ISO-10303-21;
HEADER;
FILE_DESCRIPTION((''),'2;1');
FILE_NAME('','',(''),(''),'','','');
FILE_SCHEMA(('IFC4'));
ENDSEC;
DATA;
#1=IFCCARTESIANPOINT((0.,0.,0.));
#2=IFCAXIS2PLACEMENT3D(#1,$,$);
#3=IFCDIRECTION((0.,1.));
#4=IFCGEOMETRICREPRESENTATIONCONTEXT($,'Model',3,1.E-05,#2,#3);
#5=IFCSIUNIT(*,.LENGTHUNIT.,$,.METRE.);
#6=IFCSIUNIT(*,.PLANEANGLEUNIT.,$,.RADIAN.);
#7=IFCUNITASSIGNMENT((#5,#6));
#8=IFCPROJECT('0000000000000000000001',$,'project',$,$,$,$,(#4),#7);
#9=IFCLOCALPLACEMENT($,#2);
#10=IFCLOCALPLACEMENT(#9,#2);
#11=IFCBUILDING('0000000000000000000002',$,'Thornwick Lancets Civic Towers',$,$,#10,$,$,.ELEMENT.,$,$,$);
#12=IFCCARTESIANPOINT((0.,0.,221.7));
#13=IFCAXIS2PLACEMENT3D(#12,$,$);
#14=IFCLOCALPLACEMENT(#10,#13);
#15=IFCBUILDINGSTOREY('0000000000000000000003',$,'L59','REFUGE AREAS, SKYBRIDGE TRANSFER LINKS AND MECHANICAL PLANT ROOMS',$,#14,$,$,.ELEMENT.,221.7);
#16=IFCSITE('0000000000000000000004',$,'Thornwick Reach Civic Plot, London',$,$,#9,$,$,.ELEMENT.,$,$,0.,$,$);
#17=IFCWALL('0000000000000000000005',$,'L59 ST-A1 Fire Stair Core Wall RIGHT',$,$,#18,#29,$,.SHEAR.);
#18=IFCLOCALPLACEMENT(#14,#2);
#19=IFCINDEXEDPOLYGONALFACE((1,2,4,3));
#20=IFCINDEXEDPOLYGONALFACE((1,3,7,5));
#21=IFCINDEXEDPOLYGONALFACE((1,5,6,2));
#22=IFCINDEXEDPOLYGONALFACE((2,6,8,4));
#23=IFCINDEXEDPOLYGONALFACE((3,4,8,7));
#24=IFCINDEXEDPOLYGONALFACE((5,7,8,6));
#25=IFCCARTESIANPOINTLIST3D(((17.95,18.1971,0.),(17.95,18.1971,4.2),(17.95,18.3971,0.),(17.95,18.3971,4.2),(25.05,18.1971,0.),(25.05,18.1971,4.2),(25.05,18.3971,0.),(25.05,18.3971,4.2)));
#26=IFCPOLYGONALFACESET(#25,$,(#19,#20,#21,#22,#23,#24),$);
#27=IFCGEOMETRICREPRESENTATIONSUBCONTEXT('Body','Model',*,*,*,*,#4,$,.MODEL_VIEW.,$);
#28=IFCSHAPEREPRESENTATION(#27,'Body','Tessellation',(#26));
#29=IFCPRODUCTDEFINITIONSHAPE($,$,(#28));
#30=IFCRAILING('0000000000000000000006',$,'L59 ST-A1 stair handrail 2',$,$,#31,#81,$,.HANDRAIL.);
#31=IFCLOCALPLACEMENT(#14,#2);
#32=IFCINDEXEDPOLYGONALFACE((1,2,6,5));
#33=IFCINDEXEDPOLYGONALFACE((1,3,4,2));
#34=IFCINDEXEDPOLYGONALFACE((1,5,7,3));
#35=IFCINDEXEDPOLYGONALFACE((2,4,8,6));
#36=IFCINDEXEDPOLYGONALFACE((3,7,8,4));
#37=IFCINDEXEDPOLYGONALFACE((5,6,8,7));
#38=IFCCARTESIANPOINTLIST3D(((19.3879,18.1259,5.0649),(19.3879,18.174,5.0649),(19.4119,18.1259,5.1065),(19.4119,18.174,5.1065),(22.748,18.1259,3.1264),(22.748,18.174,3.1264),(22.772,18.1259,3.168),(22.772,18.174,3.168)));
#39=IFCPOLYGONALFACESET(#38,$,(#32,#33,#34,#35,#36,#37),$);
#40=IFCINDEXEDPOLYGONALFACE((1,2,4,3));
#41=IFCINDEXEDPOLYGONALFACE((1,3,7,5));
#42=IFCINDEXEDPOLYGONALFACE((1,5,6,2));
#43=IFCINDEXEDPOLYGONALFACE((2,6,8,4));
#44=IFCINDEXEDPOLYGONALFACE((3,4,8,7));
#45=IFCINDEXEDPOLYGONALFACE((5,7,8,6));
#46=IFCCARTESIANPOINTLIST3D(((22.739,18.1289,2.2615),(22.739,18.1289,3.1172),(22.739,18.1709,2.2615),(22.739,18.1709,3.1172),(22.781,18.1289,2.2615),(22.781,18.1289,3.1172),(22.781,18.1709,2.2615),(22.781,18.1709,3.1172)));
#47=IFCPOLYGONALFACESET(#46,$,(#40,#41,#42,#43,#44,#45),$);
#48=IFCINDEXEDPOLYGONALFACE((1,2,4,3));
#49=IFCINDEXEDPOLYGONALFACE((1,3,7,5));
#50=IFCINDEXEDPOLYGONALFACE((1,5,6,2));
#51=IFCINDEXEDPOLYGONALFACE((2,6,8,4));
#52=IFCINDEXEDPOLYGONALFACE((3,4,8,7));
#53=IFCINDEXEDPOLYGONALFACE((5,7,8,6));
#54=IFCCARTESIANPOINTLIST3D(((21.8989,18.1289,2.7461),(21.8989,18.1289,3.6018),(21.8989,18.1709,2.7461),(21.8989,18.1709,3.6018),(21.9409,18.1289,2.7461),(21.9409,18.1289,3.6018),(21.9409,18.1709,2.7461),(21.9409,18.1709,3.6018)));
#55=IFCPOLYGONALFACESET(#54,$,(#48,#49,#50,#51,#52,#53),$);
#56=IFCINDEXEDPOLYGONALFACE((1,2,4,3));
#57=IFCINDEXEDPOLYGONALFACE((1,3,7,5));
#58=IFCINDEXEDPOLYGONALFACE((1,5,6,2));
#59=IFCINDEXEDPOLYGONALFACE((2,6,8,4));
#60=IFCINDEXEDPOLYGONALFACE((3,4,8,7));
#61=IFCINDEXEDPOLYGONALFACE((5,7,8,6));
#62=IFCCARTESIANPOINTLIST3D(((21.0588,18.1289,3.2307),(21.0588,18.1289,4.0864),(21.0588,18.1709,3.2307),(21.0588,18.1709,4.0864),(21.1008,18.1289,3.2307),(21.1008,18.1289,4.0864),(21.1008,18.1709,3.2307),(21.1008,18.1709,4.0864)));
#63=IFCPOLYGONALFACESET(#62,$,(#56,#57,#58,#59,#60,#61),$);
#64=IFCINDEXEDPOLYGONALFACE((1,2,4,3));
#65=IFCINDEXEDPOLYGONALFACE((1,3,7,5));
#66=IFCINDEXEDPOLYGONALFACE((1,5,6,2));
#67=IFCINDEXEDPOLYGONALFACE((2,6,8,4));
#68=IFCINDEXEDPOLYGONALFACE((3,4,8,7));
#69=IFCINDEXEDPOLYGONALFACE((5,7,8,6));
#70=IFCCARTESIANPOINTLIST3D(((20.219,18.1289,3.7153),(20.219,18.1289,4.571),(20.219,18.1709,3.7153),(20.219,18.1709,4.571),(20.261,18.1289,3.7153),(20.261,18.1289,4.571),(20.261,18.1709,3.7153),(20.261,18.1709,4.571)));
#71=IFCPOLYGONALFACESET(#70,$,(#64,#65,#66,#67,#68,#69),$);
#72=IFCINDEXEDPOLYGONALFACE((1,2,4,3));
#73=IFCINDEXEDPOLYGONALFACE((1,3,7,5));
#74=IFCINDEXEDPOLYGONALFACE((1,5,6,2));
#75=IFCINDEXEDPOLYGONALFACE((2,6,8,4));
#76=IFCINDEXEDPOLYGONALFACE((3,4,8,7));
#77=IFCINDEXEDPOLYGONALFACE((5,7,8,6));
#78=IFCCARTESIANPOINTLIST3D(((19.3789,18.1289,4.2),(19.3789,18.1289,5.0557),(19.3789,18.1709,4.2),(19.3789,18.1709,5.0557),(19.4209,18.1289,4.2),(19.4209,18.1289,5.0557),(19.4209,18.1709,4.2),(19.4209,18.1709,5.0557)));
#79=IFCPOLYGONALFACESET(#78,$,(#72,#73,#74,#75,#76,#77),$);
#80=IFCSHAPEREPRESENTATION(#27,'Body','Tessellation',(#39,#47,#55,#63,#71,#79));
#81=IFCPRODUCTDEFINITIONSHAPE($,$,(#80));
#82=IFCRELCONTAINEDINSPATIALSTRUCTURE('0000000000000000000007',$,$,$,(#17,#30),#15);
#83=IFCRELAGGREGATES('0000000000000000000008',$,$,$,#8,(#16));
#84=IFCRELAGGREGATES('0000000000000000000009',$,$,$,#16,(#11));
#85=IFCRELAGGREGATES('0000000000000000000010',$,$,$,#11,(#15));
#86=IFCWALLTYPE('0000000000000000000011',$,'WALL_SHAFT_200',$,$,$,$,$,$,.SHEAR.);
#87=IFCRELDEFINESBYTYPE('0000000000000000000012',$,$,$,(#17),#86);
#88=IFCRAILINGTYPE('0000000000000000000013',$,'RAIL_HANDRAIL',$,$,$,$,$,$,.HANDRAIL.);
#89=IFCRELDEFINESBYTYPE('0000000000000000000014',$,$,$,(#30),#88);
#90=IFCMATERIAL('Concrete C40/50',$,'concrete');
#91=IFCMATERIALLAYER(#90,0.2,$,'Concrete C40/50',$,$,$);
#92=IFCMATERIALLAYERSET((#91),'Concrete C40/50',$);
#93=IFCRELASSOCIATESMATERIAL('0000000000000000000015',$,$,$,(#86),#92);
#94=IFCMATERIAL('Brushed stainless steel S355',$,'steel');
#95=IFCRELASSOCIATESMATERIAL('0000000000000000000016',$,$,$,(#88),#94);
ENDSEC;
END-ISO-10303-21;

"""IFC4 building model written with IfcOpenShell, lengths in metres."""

from ifc_helpers import new_model, si_unit, direction, frame, frame_2d, origin, origin_2d, place, context, subcontext, project, spatial, rectangle, extrude, material, layer, layer_set, type_object, element, save


model = new_model("IFC4")

# Units and contexts
model_context = context("Model", 3, precision=1e-05, world=origin(), true_north=direction((0.0, 1.0)))
body_context = subcontext(model_context, "Body", "Model", "MODEL_VIEW")
ifc_project = project(units=[si_unit("LENGTHUNIT", "METRE"), si_unit("PLANEANGLEUNIT", "RADIAN")], contexts=[model_context])

# Site, building, storey
site_placement = place(None, origin())
site = spatial("IfcSite", under=ifc_project, at=site_placement, Name="Thornwick Reach Civic Plot, London", CompositionType="ELEMENT", RefElevation=0.0)
building_placement = place(site_placement, origin())
building = spatial("IfcBuilding", under=site, at=building_placement, Name="Thornwick Lancets Civic Towers", CompositionType="ELEMENT")
storey_placement = place(building_placement, frame((0.0, 0.0, 221.7)))
storey = spatial("IfcBuildingStorey", under=building, at=storey_placement, Name="L59", Description="REFUGE AREAS, SKYBRIDGE TRANSFER LINKS AND MECHANICAL PLANT ROOMS", CompositionType="ELEMENT", Elevation=221.7)

# Wall
ifc_material_1 = material(Name="Concrete C40/50", Category="concrete")
ifc_layer_1 = layer(ifc_material_1, 0.2, Name="Concrete C40/50")
ifc_layer_set_1 = layer_set([ifc_layer_1], Name="Concrete C40/50")
wall_type_1 = type_object("IfcWallType", Name="WALL_SHAFT_200", PredefinedType="SHEAR", material=ifc_layer_set_1)
wall_1_placement = place(storey_placement, frame((25.05, 18.2971, 0.0), z_axis=(0.0, 0.0, 1.0), x_axis=(-1.0, 0.0, 0.0)))
element("IfcWall", 1, at=wall_1_placement, inside=storey, type_object=wall_type_1, Name="L59 ST-A1 Fire Stair Core Wall RIGHT", PredefinedType="SHEAR", context=body_context, shape_type="SweptSolid", body=[
    extrude(rectangle(XDim=7.1001, YDim=0.2, at=frame_2d((3.55, 0.0))), origin(), (0.0, 0.0, 1.0), 4.2),
])

# Railing
ifc_material_2 = material(Name="Brushed stainless steel S355", Category="steel")
railing_type = type_object("IfcRailingType", Name="RAIL_HANDRAIL", PredefinedType="HANDRAIL", material=ifc_material_2)
railing_placement = place(storey_placement, frame((22.76, 18.1499, 2.2615)))
element("IfcRailing", 2, at=railing_placement, inside=storey, type_object=railing_type, Name="L59 ST-A1 stair handrail 2", PredefinedType="HANDRAIL", context=body_context, shape_type="SweptSolid", body=[
    extrude(rectangle(XDim=0.0481, YDim=0.0481, at=origin_2d()), frame((0.0, 0.0, 0.8857), z_axis=(-0.866191, 0.0, 0.499713), x_axis=(0.0, -1.0, 0.0)), (0.0, 0.0, 1.0), 3.8792),
    extrude(rectangle(XDim=0.042, YDim=0.042, at=origin_2d()), origin(), (0.0, 0.0, 1.0), 0.8557),
    extrude(rectangle(XDim=0.042, YDim=0.042, at=origin_2d()), frame((-0.8401, 0.0, 0.4846)), (0.0, 0.0, 1.0), 0.8557),
    extrude(rectangle(XDim=0.042, YDim=0.042, at=origin_2d()), frame((-1.6802, 0.0, 0.9692)), (0.0, 0.0, 1.0), 0.8557),
    extrude(rectangle(XDim=0.042, YDim=0.042, at=origin_2d()), frame((-2.52, 0.0, 1.4539)), (0.0, 0.0, 1.0), 0.8557),
    extrude(rectangle(XDim=0.042, YDim=0.042, at=origin_2d()), frame((-3.3601, 0.0, 1.9385)), (0.0, 0.0, 1.0), 0.8557),
])

save(model, "model.ifc")
